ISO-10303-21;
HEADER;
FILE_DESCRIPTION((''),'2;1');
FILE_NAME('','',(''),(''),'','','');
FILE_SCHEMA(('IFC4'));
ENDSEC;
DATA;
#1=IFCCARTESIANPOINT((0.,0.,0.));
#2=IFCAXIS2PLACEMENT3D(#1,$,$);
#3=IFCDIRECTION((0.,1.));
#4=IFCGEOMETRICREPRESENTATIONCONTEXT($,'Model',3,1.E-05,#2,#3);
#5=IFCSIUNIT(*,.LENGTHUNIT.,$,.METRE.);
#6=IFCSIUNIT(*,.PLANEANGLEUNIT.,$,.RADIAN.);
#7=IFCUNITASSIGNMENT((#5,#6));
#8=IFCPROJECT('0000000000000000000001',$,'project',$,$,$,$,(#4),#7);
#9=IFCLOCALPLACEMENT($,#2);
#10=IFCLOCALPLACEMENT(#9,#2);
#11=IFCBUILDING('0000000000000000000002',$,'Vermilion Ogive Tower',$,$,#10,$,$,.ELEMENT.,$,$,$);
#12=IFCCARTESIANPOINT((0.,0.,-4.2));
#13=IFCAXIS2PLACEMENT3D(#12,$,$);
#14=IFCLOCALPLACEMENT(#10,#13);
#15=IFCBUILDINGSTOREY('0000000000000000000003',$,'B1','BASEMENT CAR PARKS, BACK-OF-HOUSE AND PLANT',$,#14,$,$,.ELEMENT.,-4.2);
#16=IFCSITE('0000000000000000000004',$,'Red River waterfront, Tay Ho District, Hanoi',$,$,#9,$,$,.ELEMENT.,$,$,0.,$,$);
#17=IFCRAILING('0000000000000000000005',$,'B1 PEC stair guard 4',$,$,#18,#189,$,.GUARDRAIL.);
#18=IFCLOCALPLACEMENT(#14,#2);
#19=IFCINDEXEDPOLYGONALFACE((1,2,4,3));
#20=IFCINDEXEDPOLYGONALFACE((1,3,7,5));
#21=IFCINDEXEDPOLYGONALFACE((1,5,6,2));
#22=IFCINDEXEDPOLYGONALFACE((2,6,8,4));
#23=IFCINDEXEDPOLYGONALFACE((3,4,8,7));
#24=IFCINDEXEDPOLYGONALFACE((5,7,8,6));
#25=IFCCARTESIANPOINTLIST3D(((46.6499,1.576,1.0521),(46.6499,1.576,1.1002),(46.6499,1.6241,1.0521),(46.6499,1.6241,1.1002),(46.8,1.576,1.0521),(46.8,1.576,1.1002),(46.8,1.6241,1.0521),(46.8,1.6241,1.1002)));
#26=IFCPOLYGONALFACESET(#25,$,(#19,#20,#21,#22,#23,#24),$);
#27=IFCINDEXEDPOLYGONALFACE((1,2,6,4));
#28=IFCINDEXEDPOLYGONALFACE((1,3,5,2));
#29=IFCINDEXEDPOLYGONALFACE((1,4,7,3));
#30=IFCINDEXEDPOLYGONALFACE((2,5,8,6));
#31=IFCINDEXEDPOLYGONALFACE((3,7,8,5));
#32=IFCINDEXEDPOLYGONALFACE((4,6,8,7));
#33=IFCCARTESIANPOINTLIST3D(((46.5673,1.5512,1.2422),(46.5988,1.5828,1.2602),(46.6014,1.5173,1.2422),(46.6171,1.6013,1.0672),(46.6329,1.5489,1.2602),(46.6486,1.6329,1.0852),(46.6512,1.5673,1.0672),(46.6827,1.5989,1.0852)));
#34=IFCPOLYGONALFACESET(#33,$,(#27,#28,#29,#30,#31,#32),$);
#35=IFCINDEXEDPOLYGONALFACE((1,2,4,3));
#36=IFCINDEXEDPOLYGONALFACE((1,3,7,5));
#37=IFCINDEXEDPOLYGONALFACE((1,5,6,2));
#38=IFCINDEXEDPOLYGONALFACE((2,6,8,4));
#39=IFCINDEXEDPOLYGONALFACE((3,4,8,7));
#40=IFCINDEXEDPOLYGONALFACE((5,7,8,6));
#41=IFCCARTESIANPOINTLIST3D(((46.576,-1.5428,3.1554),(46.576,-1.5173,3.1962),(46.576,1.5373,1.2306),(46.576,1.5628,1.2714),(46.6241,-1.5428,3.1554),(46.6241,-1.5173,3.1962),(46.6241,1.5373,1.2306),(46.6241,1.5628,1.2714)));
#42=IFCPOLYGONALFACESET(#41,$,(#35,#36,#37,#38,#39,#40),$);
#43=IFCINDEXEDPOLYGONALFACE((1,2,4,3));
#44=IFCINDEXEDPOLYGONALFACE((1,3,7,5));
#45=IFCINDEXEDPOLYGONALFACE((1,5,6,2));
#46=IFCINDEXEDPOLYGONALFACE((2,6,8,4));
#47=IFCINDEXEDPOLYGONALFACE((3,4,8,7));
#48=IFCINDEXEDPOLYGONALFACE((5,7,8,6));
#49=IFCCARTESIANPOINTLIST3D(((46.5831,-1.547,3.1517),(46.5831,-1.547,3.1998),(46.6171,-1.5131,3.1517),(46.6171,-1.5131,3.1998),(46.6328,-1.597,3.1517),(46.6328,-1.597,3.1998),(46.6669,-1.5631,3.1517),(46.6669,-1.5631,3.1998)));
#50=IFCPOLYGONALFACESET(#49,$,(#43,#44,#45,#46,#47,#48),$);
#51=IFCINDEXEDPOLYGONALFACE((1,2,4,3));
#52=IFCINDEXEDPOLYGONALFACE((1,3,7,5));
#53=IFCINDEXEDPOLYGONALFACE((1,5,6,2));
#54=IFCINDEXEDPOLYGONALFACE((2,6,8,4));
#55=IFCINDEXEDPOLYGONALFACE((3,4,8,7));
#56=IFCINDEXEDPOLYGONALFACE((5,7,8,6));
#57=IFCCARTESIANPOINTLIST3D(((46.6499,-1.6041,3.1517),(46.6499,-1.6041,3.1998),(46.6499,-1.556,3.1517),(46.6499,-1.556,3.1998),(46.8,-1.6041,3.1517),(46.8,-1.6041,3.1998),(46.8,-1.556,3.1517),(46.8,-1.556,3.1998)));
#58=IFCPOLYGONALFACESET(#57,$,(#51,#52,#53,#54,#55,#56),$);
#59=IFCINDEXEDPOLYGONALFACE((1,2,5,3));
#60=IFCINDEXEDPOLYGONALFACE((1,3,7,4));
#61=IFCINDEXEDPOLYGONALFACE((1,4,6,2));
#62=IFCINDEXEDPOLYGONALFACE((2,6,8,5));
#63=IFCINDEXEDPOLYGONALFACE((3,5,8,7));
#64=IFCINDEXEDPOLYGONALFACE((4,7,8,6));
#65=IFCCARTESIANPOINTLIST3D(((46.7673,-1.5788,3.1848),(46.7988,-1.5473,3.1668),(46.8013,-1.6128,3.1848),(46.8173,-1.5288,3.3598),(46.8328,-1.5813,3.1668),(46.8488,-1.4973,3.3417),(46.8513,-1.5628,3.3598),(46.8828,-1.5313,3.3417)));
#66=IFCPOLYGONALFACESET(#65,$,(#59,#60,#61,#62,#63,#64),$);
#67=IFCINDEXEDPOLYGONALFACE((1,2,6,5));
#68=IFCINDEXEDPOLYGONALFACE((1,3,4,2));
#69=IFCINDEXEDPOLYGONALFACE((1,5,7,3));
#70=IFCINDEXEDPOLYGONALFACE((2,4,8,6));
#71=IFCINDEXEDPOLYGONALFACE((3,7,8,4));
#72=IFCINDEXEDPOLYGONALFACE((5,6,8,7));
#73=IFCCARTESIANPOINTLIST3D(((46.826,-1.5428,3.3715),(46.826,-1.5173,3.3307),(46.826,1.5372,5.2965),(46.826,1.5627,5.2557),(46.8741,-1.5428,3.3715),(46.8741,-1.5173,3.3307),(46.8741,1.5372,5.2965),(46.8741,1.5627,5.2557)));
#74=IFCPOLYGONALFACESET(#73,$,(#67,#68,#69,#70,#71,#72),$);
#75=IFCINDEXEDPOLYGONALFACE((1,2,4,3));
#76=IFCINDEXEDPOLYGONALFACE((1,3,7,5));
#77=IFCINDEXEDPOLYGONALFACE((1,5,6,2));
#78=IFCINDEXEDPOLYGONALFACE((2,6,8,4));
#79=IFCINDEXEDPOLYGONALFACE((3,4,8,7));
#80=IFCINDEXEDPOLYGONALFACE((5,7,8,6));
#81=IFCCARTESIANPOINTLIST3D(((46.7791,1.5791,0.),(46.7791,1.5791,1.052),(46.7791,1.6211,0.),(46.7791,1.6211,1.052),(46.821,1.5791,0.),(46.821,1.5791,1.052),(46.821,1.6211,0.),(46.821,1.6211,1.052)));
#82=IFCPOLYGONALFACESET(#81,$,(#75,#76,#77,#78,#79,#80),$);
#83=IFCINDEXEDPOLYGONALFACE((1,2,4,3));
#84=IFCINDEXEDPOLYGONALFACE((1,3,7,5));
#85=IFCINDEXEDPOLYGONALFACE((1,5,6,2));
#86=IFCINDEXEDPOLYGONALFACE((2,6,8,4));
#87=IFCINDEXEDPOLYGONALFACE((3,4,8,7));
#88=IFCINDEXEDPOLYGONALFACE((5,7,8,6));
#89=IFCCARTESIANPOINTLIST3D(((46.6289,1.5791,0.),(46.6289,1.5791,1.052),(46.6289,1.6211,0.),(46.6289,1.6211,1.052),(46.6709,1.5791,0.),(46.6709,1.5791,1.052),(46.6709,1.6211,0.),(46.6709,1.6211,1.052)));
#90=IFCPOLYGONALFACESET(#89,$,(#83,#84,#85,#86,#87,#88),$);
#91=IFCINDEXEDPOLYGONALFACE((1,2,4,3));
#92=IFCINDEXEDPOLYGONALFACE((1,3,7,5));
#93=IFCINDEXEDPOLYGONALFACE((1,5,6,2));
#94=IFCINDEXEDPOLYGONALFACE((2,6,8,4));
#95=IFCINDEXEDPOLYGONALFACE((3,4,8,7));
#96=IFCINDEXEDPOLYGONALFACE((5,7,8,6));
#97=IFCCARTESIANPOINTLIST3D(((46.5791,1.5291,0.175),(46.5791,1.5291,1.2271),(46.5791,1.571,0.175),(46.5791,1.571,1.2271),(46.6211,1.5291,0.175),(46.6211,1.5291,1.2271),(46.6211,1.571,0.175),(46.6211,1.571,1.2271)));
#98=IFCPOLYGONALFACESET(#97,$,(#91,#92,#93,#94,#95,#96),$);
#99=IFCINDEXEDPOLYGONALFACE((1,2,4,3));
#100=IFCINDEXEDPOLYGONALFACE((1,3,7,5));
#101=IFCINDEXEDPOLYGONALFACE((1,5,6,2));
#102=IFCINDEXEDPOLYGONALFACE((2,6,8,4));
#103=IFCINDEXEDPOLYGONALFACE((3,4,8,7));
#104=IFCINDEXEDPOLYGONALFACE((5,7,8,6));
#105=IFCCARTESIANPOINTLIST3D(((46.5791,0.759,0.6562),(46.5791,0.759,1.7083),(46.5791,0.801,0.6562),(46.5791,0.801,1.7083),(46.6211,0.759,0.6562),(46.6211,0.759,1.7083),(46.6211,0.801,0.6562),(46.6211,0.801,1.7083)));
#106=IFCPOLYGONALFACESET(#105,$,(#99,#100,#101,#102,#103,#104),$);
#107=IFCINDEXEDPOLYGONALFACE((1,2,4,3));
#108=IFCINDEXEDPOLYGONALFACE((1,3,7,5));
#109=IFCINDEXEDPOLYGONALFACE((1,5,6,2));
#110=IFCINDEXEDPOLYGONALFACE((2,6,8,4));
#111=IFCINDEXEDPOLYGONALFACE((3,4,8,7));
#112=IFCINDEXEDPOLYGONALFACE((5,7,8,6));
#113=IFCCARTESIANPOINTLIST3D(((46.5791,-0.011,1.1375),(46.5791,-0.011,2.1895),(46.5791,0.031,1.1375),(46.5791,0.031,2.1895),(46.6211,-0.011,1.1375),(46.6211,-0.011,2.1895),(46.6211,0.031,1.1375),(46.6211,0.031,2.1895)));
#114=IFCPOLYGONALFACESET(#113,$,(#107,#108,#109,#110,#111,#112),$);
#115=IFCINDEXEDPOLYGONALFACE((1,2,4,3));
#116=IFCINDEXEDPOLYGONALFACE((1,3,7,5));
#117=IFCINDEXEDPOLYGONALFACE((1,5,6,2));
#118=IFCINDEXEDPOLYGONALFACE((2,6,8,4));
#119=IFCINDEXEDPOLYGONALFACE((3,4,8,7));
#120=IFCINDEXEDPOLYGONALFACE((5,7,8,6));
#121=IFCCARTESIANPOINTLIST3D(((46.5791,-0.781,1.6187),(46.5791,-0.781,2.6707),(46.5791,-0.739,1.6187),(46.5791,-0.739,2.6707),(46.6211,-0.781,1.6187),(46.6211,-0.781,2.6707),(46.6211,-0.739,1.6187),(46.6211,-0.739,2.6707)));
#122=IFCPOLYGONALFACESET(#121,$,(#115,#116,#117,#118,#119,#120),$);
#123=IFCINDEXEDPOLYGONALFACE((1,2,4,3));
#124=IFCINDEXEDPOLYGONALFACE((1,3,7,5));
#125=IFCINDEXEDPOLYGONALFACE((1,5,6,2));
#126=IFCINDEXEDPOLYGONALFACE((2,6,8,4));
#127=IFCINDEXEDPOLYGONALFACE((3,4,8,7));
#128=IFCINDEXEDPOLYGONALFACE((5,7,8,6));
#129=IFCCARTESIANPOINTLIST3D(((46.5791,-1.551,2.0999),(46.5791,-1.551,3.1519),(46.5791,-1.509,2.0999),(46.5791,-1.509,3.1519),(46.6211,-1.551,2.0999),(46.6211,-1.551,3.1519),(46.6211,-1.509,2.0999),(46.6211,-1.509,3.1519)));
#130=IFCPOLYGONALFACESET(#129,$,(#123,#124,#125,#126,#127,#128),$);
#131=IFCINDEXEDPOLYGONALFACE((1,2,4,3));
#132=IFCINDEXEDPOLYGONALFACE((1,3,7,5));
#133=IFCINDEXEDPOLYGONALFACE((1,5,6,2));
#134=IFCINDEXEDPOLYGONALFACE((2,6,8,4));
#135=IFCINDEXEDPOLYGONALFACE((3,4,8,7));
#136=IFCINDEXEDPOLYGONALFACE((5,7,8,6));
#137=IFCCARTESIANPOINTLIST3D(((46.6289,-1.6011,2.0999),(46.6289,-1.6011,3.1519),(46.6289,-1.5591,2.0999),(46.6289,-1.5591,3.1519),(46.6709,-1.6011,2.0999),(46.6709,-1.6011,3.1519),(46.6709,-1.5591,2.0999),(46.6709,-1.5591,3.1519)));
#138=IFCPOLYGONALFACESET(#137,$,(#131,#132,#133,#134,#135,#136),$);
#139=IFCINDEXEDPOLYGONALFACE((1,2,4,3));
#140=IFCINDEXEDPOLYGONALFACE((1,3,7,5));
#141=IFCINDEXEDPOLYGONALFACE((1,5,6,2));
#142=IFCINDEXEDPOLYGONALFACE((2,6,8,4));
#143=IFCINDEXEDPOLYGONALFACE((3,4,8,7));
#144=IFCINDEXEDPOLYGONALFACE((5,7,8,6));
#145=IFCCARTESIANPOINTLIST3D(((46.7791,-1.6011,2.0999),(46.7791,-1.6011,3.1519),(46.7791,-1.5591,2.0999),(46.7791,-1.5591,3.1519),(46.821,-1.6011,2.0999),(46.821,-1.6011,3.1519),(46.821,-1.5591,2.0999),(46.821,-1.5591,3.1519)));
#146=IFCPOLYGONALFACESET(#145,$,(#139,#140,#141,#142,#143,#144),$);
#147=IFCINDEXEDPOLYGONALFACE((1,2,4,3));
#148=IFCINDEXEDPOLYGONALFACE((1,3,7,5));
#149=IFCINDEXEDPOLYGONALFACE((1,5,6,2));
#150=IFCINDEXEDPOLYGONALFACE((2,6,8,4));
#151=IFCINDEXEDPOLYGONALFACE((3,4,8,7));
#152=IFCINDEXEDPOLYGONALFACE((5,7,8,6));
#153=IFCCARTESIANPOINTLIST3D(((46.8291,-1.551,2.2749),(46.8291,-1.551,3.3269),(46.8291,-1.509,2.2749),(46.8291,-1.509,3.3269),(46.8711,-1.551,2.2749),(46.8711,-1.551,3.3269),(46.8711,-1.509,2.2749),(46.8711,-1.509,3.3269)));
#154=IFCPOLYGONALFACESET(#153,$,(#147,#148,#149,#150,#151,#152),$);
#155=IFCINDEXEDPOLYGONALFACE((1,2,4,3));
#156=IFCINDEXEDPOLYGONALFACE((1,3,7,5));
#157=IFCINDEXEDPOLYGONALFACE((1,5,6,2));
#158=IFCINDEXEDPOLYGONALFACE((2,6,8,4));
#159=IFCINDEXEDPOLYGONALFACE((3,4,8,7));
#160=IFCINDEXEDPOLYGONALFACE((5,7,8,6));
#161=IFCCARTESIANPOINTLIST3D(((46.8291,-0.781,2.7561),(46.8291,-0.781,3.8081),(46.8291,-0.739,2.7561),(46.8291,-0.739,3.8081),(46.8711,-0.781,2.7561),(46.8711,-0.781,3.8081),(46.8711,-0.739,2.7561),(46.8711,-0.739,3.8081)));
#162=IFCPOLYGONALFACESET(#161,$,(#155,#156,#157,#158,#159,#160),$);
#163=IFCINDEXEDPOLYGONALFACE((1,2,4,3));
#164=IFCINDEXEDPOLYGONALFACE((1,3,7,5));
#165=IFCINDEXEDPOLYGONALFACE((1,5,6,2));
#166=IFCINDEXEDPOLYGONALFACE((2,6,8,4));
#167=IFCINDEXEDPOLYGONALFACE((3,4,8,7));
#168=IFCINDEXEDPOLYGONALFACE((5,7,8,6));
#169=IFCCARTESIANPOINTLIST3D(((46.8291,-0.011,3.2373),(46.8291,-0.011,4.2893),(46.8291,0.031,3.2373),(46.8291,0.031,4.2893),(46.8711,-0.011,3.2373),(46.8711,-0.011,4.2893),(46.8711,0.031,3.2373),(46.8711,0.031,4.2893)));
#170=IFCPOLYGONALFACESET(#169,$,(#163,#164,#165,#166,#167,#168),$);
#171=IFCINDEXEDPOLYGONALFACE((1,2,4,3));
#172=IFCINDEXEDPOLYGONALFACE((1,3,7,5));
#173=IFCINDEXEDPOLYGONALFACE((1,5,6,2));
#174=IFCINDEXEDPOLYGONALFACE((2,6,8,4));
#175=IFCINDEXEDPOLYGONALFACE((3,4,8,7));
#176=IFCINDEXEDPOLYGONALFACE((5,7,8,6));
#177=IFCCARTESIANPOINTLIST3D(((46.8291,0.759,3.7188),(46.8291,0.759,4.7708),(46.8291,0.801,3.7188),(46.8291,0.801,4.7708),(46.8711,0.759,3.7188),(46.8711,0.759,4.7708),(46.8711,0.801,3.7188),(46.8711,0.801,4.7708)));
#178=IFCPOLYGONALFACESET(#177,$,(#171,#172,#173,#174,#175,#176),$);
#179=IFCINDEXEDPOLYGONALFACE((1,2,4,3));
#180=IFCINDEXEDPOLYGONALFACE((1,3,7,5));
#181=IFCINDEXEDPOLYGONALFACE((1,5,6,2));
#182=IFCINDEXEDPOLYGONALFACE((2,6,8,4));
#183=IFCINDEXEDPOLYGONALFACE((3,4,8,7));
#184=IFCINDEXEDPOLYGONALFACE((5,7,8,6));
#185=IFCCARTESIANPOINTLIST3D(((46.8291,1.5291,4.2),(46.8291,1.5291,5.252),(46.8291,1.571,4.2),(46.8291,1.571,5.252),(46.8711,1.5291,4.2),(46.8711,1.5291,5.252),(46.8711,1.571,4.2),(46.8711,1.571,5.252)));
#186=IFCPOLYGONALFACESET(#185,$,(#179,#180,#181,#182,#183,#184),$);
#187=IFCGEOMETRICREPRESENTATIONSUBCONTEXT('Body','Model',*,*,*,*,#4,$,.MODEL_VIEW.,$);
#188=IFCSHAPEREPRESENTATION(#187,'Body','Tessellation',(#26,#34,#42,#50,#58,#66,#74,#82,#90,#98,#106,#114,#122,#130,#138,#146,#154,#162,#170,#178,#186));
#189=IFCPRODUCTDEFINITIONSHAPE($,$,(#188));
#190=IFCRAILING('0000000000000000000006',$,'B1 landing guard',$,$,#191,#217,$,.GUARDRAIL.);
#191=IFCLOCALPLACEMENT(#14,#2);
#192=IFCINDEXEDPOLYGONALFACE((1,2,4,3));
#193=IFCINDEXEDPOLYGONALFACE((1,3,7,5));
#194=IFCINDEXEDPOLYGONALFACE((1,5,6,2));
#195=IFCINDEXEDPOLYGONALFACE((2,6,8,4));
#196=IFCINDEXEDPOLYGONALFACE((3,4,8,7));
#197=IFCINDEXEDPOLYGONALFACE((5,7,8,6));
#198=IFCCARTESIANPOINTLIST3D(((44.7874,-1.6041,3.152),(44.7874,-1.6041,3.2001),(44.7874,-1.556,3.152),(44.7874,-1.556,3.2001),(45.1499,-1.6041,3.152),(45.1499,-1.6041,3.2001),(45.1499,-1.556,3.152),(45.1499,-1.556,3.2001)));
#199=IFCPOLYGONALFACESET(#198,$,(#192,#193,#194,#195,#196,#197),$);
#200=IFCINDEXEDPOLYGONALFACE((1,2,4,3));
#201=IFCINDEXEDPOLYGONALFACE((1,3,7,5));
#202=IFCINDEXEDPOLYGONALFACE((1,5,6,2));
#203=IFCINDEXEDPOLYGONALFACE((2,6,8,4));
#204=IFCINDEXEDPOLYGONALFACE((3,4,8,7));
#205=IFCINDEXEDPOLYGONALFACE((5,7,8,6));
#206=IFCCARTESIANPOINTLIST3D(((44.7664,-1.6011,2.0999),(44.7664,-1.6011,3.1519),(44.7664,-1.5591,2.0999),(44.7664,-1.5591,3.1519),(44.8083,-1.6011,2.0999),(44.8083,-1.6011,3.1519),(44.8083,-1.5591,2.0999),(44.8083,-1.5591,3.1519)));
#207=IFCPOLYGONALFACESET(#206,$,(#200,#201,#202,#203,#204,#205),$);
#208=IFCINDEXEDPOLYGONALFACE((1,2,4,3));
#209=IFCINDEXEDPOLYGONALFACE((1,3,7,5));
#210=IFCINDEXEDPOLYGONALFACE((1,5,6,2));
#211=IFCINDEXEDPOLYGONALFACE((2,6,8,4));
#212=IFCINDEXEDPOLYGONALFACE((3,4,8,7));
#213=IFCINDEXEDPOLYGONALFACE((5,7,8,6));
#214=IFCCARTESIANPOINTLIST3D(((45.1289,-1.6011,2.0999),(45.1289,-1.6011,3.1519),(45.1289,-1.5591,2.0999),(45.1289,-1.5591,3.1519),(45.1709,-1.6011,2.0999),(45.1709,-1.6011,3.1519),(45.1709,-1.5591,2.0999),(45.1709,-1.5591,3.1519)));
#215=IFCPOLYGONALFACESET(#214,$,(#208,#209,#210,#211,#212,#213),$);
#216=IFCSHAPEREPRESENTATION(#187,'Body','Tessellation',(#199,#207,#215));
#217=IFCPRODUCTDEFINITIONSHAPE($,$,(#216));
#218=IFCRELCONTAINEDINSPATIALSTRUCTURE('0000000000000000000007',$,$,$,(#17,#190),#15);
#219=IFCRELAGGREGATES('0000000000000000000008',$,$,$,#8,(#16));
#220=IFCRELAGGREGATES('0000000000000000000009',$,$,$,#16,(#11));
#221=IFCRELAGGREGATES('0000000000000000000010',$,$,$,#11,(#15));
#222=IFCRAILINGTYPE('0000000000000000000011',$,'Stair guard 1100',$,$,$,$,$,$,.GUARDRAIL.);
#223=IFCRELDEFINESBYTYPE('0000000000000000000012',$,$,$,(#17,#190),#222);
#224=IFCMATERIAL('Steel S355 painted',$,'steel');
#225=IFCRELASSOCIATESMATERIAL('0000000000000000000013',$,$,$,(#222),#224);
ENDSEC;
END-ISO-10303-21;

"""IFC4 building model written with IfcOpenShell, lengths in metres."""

from ifc_helpers import new_model, si_unit, direction, frame, origin, origin_2d, place, context, subcontext, project, spatial, rectangle, extrude, material, type_object, element, save


model = new_model("IFC4")

# Units and contexts
model_context = context("Model", 3, precision=1e-05, world=origin(), true_north=direction((0.0, 1.0)))
body_context = subcontext(model_context, "Body", "Model", "MODEL_VIEW")
ifc_project = project(units=[si_unit("LENGTHUNIT", "METRE"), si_unit("PLANEANGLEUNIT", "RADIAN")], contexts=[model_context])

# Site, building, storey
site_placement = place(None, origin())
site = spatial("IfcSite", under=ifc_project, at=site_placement, Name="Red River waterfront, Tay Ho District, Hanoi", CompositionType="ELEMENT", RefElevation=0.0)
building_placement = place(site_placement, origin())
building = spatial("IfcBuilding", under=site, at=building_placement, Name="Vermilion Ogive Tower", CompositionType="ELEMENT")
storey_placement = place(building_placement, frame((0.0, 0.0, -4.2)))
storey = spatial("IfcBuildingStorey", under=building, at=storey_placement, Name="B1", Description="BASEMENT CAR PARKS, BACK-OF-HOUSE AND PLANT", CompositionType="ELEMENT", Elevation=-4.2)

# Railings
ifc_material_1 = material(Name="Steel S355 painted", Category="steel")
railing_type_1 = type_object("IfcRailingType", Name="Stair guard 1100", PredefinedType="GUARDRAIL", material=ifc_material_1)
railing_1_placement = place(storey_placement, frame((46.8, 1.6001, 0.0)))
element("IfcRailing", 1, at=railing_1_placement, inside=storey, type_object=railing_type_1, Name="B1 PEC stair guard 4", PredefinedType="GUARDRAIL", context=body_context, shape_type="SweptSolid", body=[
    extrude(rectangle(XDim=0.0481, YDim=0.0481, at=origin_2d()), frame((0.0, 0.0, 1.0762), z_axis=(-1.0, 0.0, 0.0), x_axis=(0.0, -1.0, 0.0)), (0.0, 0.0, 1.0), 0.1501),
    extrude(rectangle(XDim=0.0481, YDim=0.0481, at=origin_2d()), frame((-0.1501, 0.0, 1.0762), z_axis=(-0.263862, -0.265156, 0.927399), x_axis=(0.708834, -0.705376, 0.0)), (0.0, 0.0, 1.0), 0.1887),
    extrude(rectangle(XDim=0.0481, YDim=0.0481, at=origin_2d()), frame((-0.2, -0.05, 1.251), z_axis=(0.0, -0.848029, 0.529951), x_axis=(1.0, 0.0, 0.0)), (0.0, 0.0, 1.0), 3.6321),
    extrude(rectangle(XDim=0.0481, YDim=0.0481, at=origin_2d()), frame((-0.2, -3.1301, 3.1758), z_axis=(0.705376, -0.708834, 0.0), x_axis=(0.708834, 0.705376, 0.0)), (0.0, 0.0, 1.0), 0.0706),
    extrude(rectangle(XDim=0.0481, YDim=0.0481, at=origin_2d()), frame((-0.1501, -3.1802, 3.1758), z_axis=(1.0, 0.0, 0.0), x_axis=(0.0, 1.0, 0.0)), (0.0, 0.0, 1.0), 0.1501),
    extrude(rectangle(XDim=0.0481, YDim=0.0481, at=origin_2d()), frame((0.0, -3.1802, 3.1758), z_axis=(0.265065, 0.265065, 0.927082), x_axis=(-0.707107, 0.707107, 0.0)), (0.0, 0.0, 1.0), 0.1887),
    extrude(rectangle(XDim=0.0481, YDim=0.0481, at=origin_2d()), frame((0.05, -3.1301, 3.3511), z_axis=(0.0, 0.847998, 0.529999), x_axis=(-1.0, 0.0, 0.0)), (0.0, 0.0, 1.0), 3.6321),
    extrude(rectangle(XDim=0.042, YDim=0.042, at=origin_2d()), origin(), (0.0, 0.0, 1.0), 1.052),
    extrude(rectangle(XDim=0.042, YDim=0.042, at=origin_2d()), frame((-0.1501, 0.0, 0.0)), (0.0, 0.0, 1.0), 1.052),
    extrude(rectangle(XDim=0.042, YDim=0.042, at=origin_2d()), frame((-0.2, -0.05, 0.175)), (0.0, 0.0, 1.0), 1.052),
    extrude(rectangle(XDim=0.042, YDim=0.042, at=origin_2d()), frame((-0.2, -0.8201, 0.6562)), (0.0, 0.0, 1.0), 1.052),
    extrude(rectangle(XDim=0.042, YDim=0.042, at=origin_2d()), frame((-0.2, -1.5901, 1.1375)), (0.0, 0.0, 1.0), 1.052),
    extrude(rectangle(XDim=0.042, YDim=0.042, at=origin_2d()), frame((-0.2, -2.3601, 1.6187)), (0.0, 0.0, 1.0), 1.052),
    extrude(rectangle(XDim=0.042, YDim=0.042, at=origin_2d()), frame((-0.2, -3.1301, 2.0999)), (0.0, 0.0, 1.0), 1.052),
    extrude(rectangle(XDim=0.042, YDim=0.042, at=origin_2d()), frame((-0.1501, -3.1802, 2.0999)), (0.0, 0.0, 1.0), 1.052),
    extrude(rectangle(XDim=0.042, YDim=0.042, at=origin_2d()), frame((0.0, -3.1802, 2.0999)), (0.0, 0.0, 1.0), 1.052),
    extrude(rectangle(XDim=0.042, YDim=0.042, at=origin_2d()), frame((0.05, -3.1301, 2.2749)), (0.0, 0.0, 1.0), 1.052),
    extrude(rectangle(XDim=0.042, YDim=0.042, at=origin_2d()), frame((0.05, -2.3601, 2.7561)), (0.0, 0.0, 1.0), 1.052),
    extrude(rectangle(XDim=0.042, YDim=0.042, at=origin_2d()), frame((0.05, -1.5901, 3.2373)), (0.0, 0.0, 1.0), 1.052),
    extrude(rectangle(XDim=0.042, YDim=0.042, at=origin_2d()), frame((0.05, -0.8201, 3.7188)), (0.0, 0.0, 1.0), 1.052),
    extrude(rectangle(XDim=0.042, YDim=0.042, at=origin_2d()), frame((0.05, -0.05, 4.2)), (0.0, 0.0, 1.0), 1.052),
])
railing_2_placement = place(storey_placement, frame((44.7874, -1.5801, 2.0999)))
element("IfcRailing", 2, at=railing_2_placement, inside=storey, type_object=railing_type_1, Name="B1 landing guard", PredefinedType="GUARDRAIL", context=body_context, shape_type="SweptSolid", body=[
    extrude(rectangle(XDim=0.0481, YDim=0.0481, at=origin_2d()), frame((0.0, 0.0, 1.0762), z_axis=(1.0, 0.0, 0.0), x_axis=(0.0, 1.0, 0.0)), (0.0, 0.0, 1.0), 0.3625),
    extrude(rectangle(XDim=0.042, YDim=0.042, at=origin_2d()), origin(), (0.0, 0.0, 1.0), 1.052),
    extrude(rectangle(XDim=0.042, YDim=0.042, at=origin_2d()), frame((0.3625, 0.0, 0.0)), (0.0, 0.0, 1.0), 1.052),
])

save(model, "model.ifc")
